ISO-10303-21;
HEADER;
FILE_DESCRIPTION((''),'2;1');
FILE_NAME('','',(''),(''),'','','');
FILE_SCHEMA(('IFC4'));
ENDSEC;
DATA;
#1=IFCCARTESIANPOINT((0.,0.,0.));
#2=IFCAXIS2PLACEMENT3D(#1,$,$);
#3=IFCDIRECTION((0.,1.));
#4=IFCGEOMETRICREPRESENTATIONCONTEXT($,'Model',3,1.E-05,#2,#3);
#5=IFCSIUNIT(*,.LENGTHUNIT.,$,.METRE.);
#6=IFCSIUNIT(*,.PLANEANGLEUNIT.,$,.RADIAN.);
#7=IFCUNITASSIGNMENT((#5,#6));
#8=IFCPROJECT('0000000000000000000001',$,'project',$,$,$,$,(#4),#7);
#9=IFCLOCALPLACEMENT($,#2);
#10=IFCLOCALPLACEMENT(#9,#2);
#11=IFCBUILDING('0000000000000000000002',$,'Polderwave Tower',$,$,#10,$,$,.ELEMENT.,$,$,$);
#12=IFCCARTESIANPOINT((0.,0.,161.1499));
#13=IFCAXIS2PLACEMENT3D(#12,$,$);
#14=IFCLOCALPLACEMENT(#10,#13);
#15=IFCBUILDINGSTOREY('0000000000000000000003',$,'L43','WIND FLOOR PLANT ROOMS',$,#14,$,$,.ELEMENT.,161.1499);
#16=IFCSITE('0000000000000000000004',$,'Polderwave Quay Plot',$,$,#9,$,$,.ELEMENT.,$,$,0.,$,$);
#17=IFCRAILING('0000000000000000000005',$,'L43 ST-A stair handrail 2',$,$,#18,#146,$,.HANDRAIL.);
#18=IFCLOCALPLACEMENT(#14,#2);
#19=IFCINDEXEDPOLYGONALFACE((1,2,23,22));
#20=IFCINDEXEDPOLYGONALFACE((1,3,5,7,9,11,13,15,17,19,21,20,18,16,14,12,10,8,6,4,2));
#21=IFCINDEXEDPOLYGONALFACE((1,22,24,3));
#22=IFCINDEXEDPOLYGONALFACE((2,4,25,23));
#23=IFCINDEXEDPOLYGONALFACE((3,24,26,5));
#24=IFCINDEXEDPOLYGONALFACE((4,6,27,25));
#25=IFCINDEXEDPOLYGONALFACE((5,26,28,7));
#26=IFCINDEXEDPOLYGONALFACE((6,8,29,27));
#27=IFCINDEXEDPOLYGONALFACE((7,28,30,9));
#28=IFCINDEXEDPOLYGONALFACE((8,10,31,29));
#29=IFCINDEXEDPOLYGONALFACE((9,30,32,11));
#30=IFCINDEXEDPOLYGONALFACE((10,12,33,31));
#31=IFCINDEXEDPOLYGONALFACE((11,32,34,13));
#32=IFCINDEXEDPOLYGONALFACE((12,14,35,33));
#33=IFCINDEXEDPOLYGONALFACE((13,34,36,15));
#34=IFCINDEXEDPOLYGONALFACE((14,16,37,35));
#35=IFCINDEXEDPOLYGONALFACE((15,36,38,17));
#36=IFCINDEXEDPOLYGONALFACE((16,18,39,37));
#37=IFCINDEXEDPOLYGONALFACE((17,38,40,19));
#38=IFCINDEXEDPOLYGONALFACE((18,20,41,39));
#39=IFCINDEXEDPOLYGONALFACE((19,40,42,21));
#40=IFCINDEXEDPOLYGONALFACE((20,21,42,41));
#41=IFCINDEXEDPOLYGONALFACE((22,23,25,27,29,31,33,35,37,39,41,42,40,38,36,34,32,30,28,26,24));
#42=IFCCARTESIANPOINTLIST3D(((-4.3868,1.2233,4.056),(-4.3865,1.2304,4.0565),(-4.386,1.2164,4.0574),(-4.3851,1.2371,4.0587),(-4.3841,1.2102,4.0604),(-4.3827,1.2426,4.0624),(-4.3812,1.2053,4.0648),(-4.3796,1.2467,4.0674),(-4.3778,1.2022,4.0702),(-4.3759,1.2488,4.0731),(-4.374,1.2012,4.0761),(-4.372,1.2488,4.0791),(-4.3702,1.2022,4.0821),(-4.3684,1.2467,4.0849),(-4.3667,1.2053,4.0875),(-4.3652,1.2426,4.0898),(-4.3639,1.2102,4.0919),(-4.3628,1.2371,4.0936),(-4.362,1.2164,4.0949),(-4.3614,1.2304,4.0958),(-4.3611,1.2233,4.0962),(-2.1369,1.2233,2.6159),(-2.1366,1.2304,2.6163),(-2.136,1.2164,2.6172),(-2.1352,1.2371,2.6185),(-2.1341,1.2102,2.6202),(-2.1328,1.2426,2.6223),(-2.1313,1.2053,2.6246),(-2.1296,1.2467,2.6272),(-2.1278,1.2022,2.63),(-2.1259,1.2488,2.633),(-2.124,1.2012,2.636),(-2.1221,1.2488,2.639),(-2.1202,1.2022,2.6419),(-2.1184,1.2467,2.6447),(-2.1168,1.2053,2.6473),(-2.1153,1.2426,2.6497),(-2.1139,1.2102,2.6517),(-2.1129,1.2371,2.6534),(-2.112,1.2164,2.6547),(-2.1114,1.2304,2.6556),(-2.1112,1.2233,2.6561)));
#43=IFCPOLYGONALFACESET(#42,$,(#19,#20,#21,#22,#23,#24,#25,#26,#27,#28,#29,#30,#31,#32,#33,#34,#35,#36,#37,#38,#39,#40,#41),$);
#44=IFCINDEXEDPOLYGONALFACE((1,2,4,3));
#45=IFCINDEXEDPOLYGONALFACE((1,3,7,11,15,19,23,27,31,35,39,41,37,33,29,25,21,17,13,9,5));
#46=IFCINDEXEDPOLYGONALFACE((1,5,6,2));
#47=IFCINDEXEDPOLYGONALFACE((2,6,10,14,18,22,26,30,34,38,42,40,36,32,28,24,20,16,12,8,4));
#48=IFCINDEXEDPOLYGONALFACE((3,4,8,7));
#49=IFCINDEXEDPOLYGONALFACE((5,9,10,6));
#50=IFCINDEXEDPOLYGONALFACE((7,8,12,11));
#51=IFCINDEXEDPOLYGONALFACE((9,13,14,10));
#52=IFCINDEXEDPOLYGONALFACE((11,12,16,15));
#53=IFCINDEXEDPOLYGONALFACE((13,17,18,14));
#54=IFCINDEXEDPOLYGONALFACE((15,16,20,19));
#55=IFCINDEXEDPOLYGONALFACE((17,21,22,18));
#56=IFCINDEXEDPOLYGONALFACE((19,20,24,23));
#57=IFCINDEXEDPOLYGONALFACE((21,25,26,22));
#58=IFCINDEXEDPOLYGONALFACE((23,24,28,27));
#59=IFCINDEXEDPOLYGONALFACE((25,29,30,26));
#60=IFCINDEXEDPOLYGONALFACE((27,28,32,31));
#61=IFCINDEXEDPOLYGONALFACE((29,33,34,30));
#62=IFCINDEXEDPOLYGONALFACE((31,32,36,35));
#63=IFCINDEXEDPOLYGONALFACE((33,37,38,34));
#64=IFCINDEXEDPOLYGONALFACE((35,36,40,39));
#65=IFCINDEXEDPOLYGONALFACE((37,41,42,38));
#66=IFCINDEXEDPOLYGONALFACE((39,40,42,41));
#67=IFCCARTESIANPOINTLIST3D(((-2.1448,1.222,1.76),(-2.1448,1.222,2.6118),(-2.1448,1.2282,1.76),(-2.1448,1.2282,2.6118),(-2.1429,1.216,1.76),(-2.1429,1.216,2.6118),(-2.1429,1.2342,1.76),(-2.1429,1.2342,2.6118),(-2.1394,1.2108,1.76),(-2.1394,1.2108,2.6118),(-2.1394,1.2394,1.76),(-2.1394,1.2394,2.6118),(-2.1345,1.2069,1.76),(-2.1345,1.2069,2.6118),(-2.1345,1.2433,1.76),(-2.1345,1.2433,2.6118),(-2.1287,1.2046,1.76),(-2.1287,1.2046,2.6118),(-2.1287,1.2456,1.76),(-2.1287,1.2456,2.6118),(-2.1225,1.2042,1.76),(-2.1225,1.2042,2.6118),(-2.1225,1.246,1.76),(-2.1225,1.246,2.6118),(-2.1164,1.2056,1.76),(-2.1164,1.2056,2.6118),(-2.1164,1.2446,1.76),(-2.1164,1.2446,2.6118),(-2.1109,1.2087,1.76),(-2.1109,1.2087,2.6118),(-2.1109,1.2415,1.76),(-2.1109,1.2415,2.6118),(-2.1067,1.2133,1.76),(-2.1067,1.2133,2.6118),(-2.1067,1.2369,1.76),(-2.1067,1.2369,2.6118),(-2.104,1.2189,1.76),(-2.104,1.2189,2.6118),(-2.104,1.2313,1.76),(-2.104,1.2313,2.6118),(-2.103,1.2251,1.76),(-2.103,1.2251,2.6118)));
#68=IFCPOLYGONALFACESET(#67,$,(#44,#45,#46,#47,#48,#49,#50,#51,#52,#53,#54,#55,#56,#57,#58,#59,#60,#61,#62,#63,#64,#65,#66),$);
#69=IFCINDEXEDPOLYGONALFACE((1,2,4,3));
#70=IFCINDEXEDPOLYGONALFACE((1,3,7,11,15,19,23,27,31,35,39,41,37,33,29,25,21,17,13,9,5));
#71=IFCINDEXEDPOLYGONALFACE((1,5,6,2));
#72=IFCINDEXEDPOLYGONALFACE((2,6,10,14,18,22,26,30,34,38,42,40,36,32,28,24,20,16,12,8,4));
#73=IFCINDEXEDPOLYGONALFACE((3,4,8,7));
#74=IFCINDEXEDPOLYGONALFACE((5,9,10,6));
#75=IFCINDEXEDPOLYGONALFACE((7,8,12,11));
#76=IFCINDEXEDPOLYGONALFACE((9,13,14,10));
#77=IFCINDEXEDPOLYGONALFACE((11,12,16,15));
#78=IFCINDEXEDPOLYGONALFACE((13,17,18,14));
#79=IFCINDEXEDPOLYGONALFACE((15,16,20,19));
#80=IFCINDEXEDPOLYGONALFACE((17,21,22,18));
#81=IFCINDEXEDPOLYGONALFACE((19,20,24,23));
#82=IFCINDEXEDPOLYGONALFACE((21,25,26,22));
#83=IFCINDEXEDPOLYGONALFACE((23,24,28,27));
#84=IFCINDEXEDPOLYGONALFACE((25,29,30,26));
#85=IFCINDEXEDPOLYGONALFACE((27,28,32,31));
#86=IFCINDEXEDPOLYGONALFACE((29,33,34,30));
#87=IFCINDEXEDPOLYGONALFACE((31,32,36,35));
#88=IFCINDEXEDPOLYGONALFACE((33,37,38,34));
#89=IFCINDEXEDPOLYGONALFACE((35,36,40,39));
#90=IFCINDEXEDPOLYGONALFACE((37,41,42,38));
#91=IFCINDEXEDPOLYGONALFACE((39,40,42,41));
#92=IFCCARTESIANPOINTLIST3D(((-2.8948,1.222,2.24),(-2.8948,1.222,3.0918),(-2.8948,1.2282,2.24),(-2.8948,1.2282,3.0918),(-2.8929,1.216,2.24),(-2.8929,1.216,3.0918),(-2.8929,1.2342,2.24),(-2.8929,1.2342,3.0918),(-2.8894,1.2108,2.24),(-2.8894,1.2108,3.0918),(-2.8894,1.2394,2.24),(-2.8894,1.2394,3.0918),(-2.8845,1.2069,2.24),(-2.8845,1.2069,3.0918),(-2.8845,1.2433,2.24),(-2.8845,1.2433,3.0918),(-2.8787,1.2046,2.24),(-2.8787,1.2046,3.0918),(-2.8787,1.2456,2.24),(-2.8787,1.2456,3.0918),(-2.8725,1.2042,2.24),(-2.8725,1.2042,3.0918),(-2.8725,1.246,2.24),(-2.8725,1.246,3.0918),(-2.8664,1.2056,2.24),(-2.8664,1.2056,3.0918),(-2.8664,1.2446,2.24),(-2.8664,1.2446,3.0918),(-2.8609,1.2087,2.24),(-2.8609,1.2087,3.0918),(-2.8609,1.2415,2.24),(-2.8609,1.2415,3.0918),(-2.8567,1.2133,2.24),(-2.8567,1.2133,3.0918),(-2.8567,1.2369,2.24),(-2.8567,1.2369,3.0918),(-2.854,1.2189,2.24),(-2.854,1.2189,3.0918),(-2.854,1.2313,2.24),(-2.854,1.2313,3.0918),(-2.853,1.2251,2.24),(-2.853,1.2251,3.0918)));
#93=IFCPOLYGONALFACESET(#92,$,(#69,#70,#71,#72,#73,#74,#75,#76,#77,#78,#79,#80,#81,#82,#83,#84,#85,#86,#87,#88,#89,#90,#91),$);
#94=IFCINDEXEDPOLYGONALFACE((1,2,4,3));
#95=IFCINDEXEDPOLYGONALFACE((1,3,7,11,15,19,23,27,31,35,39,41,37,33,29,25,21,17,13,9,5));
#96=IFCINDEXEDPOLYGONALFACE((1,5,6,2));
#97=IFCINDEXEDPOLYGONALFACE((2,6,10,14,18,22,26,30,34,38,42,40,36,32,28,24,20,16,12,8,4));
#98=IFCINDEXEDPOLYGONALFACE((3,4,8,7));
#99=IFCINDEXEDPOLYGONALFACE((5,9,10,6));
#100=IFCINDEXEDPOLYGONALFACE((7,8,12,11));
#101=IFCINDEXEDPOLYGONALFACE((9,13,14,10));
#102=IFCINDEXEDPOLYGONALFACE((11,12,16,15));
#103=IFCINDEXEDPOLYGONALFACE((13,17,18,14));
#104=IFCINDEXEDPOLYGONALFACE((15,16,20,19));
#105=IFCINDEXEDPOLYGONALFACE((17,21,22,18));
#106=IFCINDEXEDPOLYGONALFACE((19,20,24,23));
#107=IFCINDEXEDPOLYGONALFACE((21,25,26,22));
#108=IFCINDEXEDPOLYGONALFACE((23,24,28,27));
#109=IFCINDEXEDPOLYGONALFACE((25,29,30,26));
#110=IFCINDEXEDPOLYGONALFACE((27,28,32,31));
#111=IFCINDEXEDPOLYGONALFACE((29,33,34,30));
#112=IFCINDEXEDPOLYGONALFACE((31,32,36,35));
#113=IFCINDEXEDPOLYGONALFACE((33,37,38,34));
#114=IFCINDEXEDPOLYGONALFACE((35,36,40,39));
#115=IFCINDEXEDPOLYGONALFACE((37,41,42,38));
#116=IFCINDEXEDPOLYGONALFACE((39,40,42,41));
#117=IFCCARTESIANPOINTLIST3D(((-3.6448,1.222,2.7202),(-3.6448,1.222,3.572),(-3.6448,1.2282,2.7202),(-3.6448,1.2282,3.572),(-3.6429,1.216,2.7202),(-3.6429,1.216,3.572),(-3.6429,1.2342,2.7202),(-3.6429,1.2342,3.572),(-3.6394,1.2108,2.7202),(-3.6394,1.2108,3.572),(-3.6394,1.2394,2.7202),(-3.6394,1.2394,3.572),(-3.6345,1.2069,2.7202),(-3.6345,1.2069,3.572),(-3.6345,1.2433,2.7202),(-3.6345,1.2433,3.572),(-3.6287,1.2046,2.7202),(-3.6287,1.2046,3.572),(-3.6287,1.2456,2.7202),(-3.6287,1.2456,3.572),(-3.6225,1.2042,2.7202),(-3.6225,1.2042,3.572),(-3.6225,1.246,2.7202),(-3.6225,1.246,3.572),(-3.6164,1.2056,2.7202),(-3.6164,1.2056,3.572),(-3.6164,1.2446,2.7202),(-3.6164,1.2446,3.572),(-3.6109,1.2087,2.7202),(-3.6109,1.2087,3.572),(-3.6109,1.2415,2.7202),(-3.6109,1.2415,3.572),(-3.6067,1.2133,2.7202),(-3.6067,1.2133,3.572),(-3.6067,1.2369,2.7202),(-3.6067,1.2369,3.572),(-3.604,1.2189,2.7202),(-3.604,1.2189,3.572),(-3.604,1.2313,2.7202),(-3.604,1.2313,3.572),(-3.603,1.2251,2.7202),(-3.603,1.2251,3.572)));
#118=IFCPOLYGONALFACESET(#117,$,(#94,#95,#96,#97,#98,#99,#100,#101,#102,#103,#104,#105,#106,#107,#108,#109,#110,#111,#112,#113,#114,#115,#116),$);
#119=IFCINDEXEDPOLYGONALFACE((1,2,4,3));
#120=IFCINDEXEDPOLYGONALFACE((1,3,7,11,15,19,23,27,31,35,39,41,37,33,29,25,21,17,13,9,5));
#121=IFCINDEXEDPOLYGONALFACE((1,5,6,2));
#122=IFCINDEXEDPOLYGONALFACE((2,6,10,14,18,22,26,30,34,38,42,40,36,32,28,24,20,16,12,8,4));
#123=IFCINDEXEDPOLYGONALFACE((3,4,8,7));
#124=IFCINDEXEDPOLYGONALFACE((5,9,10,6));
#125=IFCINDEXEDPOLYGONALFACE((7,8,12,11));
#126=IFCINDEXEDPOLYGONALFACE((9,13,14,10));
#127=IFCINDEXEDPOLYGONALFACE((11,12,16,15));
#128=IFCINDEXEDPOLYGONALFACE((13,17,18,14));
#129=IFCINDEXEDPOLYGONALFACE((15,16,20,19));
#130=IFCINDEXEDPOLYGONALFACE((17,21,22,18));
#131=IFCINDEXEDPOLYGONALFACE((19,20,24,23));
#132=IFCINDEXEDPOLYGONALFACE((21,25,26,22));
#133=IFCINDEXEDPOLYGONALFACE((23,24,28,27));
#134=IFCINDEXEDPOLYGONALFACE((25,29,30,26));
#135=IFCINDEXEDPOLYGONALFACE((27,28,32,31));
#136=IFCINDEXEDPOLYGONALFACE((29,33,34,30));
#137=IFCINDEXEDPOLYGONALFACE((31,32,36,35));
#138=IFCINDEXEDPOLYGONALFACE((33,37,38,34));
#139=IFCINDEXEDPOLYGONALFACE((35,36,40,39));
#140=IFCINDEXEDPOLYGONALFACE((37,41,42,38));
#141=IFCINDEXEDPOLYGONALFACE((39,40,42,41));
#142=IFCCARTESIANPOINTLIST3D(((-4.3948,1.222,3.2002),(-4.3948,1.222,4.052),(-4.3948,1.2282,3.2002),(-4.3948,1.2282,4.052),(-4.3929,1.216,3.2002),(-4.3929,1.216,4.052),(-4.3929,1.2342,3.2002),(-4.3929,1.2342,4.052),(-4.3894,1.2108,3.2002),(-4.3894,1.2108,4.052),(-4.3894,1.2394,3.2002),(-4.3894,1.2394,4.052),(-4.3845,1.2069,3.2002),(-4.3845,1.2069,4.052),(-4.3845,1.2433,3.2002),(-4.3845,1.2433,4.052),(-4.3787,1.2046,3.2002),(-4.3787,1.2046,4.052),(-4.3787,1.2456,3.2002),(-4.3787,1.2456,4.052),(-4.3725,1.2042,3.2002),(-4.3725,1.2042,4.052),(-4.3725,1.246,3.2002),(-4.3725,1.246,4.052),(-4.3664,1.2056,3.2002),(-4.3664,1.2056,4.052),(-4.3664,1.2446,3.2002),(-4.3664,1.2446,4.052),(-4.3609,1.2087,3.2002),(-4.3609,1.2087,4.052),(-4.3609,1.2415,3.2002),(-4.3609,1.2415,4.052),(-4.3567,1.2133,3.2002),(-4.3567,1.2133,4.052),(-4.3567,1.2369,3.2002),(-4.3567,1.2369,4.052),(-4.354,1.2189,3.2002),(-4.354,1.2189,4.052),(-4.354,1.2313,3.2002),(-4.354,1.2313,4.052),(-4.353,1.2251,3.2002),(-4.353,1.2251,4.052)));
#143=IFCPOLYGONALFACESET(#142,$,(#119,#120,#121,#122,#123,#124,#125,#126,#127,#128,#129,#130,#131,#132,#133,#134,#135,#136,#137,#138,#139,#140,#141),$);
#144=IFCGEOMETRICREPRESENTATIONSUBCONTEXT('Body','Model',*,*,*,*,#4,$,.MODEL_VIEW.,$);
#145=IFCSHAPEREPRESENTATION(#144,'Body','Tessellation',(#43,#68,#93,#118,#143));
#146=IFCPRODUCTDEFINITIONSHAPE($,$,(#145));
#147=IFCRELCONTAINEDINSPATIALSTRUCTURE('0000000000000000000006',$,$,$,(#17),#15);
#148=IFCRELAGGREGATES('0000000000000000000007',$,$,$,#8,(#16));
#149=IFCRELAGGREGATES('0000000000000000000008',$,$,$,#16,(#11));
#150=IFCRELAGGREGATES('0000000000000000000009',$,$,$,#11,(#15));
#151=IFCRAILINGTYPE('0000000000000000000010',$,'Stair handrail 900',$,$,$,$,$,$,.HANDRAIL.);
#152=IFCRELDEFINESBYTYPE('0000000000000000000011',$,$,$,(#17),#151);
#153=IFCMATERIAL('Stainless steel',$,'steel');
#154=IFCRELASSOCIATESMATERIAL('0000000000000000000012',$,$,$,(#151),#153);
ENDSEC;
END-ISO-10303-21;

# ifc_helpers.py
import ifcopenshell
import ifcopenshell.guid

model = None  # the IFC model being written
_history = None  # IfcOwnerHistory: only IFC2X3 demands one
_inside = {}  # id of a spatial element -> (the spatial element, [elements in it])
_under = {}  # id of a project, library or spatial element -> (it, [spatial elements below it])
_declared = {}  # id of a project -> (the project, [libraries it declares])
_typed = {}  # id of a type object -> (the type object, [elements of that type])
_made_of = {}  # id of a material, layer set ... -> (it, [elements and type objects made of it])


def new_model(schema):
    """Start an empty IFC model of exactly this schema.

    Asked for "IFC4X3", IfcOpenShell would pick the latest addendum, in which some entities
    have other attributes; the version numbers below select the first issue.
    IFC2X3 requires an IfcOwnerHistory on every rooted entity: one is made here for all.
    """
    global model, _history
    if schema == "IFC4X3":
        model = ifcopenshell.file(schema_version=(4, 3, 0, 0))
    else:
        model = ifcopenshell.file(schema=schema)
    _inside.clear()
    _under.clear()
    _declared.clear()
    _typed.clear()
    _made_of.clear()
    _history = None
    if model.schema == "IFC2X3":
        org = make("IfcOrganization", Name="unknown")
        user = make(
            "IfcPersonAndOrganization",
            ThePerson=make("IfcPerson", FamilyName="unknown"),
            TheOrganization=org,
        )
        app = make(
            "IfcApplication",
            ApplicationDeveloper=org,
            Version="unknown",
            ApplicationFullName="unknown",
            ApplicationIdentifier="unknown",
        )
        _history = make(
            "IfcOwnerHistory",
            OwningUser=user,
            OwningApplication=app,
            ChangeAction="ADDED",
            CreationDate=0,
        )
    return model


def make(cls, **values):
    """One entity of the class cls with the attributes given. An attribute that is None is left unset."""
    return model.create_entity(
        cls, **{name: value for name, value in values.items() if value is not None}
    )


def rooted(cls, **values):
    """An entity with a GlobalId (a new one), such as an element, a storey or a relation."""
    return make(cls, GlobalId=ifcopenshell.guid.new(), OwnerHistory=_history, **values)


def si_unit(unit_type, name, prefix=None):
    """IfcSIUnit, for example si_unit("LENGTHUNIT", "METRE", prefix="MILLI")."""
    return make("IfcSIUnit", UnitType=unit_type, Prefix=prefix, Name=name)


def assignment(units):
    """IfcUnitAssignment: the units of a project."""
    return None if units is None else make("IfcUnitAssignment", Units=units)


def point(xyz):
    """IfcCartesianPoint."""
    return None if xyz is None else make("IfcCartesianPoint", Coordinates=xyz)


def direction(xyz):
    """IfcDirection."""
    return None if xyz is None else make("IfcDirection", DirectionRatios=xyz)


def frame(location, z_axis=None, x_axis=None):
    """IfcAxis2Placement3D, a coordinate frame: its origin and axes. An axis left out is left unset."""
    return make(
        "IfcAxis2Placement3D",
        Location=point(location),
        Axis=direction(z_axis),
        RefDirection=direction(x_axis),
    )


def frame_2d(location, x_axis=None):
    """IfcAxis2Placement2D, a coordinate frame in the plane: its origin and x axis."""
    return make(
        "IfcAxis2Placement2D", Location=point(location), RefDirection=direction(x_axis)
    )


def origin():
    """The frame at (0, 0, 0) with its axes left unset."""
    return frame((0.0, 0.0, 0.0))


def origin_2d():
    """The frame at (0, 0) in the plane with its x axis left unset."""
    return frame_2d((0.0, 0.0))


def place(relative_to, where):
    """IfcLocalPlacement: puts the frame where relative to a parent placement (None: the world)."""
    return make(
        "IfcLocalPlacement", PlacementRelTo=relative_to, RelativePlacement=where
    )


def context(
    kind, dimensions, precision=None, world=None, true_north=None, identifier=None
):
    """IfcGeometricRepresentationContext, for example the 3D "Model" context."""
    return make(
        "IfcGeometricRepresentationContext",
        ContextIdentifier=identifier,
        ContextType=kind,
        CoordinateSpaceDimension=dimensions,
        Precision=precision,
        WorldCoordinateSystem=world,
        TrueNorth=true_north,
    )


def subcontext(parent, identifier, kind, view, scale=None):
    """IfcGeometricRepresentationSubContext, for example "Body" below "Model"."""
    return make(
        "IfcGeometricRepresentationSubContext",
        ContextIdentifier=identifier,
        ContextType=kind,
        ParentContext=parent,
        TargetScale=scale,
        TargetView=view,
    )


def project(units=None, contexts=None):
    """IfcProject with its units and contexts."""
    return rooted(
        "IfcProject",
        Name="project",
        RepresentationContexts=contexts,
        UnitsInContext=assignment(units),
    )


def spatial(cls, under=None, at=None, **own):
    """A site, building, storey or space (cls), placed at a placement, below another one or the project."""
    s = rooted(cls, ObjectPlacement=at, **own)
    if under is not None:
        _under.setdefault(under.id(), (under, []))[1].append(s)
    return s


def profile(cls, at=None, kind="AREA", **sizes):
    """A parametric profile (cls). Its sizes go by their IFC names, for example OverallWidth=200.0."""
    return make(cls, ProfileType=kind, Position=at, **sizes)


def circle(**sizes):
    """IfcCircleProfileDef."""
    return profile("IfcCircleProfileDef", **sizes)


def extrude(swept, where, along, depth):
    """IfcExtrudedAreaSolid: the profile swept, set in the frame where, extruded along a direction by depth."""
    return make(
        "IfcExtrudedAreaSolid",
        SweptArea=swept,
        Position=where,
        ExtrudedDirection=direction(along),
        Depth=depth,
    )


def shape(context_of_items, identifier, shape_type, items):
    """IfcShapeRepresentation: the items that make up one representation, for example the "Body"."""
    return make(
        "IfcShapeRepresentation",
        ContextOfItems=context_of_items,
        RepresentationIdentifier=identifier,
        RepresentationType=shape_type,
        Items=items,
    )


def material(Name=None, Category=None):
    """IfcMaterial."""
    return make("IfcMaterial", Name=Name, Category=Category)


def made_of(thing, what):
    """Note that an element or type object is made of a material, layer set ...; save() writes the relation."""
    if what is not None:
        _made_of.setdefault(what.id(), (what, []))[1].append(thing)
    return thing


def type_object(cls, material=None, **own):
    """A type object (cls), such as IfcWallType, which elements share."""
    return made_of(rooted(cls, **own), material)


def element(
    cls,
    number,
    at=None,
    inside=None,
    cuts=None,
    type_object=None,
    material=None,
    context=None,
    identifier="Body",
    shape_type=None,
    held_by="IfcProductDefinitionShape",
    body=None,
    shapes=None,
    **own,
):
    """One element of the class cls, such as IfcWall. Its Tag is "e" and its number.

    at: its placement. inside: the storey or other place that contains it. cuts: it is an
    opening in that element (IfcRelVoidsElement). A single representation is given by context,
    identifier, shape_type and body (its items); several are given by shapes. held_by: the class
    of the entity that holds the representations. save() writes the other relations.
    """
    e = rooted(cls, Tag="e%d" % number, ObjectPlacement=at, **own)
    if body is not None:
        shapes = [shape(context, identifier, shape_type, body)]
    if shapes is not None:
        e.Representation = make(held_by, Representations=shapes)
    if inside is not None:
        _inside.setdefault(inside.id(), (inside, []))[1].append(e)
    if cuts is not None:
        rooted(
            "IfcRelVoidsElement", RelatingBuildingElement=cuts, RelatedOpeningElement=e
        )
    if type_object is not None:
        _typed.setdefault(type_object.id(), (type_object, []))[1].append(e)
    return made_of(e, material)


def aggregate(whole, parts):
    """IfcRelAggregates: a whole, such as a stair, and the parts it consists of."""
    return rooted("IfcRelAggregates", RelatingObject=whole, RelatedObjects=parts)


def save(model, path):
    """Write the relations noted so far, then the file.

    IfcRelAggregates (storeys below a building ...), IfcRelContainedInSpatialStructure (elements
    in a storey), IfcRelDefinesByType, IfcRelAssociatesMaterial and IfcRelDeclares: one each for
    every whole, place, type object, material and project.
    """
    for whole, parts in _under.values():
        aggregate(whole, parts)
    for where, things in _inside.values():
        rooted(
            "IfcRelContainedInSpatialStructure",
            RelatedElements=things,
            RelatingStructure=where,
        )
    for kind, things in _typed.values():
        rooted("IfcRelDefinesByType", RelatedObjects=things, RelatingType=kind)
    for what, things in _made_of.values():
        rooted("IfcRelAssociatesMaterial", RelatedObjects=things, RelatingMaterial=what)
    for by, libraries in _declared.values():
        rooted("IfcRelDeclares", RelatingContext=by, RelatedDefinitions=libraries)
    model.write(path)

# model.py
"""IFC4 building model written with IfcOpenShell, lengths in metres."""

from ifc_helpers import new_model, si_unit, direction, frame, origin, origin_2d, place, context, subcontext, project, spatial, circle, extrude, material, type_object, element, save


model = new_model("IFC4")

# Units and contexts
model_context = context("Model", 3, precision=1e-05, world=origin(), true_north=direction((0.0, 1.0)))
body_context = subcontext(model_context, "Body", "Model", "MODEL_VIEW")
ifc_project = project(units=[si_unit("LENGTHUNIT", "METRE"), si_unit("PLANEANGLEUNIT", "RADIAN")], contexts=[model_context])

# Site, building, storey
site_placement = place(None, origin())
site = spatial("IfcSite", under=ifc_project, at=site_placement, Name="Polderwave Quay Plot", CompositionType="ELEMENT", RefElevation=0.0)
building_placement = place(site_placement, origin())
building = spatial("IfcBuilding", under=site, at=building_placement, Name="Polderwave Tower", CompositionType="ELEMENT")
storey_placement = place(building_placement, frame((0.0, 0.0, 161.1499)))
storey = spatial("IfcBuildingStorey", under=building, at=storey_placement, Name="L43", Description="WIND FLOOR PLANT ROOMS", CompositionType="ELEMENT", Elevation=161.1499)

# Railing
ifc_material_1 = material(Name="Stainless steel", Category="steel")
railing_type_1 = type_object("IfcRailingType", Name="Stair handrail 900", PredefinedType="HANDRAIL", material=ifc_material_1)
railing_1_placement = place(storey_placement, frame((-2.124, 1.2251, 1.76)))
element("IfcRailing", 1, at=railing_1_placement, inside=storey, type_object=railing_type_1, Name="L43 ST-A stair handrail 2", PredefinedType="HANDRAIL", context=body_context, shape_type="SweptSolid", body=[
    extrude(circle(Radius=0.0239, at=origin_2d()), frame((0.0, 0.0, 0.876), z_axis=(-0.84224, 0.0, 0.539103), x_axis=(0.0, -1.0, 0.0)), (0.0, 0.0, 1.0), 2.6714),
    extrude(circle(Radius=0.021, at=origin_2d()), origin(), (0.0, 0.0, 1.0), 0.8518),
    extrude(circle(Radius=0.021, at=origin_2d()), frame((-0.75, 0.0, 0.48)), (0.0, 0.0, 1.0), 0.8518),
    extrude(circle(Radius=0.021, at=origin_2d()), frame((-1.5, 0.0, 0.9602)), (0.0, 0.0, 1.0), 0.8518),
    extrude(circle(Radius=0.021, at=origin_2d()), frame((-2.25, 0.0, 1.4402)), (0.0, 0.0, 1.0), 0.8518),
])

save(model, "model.ifc")
